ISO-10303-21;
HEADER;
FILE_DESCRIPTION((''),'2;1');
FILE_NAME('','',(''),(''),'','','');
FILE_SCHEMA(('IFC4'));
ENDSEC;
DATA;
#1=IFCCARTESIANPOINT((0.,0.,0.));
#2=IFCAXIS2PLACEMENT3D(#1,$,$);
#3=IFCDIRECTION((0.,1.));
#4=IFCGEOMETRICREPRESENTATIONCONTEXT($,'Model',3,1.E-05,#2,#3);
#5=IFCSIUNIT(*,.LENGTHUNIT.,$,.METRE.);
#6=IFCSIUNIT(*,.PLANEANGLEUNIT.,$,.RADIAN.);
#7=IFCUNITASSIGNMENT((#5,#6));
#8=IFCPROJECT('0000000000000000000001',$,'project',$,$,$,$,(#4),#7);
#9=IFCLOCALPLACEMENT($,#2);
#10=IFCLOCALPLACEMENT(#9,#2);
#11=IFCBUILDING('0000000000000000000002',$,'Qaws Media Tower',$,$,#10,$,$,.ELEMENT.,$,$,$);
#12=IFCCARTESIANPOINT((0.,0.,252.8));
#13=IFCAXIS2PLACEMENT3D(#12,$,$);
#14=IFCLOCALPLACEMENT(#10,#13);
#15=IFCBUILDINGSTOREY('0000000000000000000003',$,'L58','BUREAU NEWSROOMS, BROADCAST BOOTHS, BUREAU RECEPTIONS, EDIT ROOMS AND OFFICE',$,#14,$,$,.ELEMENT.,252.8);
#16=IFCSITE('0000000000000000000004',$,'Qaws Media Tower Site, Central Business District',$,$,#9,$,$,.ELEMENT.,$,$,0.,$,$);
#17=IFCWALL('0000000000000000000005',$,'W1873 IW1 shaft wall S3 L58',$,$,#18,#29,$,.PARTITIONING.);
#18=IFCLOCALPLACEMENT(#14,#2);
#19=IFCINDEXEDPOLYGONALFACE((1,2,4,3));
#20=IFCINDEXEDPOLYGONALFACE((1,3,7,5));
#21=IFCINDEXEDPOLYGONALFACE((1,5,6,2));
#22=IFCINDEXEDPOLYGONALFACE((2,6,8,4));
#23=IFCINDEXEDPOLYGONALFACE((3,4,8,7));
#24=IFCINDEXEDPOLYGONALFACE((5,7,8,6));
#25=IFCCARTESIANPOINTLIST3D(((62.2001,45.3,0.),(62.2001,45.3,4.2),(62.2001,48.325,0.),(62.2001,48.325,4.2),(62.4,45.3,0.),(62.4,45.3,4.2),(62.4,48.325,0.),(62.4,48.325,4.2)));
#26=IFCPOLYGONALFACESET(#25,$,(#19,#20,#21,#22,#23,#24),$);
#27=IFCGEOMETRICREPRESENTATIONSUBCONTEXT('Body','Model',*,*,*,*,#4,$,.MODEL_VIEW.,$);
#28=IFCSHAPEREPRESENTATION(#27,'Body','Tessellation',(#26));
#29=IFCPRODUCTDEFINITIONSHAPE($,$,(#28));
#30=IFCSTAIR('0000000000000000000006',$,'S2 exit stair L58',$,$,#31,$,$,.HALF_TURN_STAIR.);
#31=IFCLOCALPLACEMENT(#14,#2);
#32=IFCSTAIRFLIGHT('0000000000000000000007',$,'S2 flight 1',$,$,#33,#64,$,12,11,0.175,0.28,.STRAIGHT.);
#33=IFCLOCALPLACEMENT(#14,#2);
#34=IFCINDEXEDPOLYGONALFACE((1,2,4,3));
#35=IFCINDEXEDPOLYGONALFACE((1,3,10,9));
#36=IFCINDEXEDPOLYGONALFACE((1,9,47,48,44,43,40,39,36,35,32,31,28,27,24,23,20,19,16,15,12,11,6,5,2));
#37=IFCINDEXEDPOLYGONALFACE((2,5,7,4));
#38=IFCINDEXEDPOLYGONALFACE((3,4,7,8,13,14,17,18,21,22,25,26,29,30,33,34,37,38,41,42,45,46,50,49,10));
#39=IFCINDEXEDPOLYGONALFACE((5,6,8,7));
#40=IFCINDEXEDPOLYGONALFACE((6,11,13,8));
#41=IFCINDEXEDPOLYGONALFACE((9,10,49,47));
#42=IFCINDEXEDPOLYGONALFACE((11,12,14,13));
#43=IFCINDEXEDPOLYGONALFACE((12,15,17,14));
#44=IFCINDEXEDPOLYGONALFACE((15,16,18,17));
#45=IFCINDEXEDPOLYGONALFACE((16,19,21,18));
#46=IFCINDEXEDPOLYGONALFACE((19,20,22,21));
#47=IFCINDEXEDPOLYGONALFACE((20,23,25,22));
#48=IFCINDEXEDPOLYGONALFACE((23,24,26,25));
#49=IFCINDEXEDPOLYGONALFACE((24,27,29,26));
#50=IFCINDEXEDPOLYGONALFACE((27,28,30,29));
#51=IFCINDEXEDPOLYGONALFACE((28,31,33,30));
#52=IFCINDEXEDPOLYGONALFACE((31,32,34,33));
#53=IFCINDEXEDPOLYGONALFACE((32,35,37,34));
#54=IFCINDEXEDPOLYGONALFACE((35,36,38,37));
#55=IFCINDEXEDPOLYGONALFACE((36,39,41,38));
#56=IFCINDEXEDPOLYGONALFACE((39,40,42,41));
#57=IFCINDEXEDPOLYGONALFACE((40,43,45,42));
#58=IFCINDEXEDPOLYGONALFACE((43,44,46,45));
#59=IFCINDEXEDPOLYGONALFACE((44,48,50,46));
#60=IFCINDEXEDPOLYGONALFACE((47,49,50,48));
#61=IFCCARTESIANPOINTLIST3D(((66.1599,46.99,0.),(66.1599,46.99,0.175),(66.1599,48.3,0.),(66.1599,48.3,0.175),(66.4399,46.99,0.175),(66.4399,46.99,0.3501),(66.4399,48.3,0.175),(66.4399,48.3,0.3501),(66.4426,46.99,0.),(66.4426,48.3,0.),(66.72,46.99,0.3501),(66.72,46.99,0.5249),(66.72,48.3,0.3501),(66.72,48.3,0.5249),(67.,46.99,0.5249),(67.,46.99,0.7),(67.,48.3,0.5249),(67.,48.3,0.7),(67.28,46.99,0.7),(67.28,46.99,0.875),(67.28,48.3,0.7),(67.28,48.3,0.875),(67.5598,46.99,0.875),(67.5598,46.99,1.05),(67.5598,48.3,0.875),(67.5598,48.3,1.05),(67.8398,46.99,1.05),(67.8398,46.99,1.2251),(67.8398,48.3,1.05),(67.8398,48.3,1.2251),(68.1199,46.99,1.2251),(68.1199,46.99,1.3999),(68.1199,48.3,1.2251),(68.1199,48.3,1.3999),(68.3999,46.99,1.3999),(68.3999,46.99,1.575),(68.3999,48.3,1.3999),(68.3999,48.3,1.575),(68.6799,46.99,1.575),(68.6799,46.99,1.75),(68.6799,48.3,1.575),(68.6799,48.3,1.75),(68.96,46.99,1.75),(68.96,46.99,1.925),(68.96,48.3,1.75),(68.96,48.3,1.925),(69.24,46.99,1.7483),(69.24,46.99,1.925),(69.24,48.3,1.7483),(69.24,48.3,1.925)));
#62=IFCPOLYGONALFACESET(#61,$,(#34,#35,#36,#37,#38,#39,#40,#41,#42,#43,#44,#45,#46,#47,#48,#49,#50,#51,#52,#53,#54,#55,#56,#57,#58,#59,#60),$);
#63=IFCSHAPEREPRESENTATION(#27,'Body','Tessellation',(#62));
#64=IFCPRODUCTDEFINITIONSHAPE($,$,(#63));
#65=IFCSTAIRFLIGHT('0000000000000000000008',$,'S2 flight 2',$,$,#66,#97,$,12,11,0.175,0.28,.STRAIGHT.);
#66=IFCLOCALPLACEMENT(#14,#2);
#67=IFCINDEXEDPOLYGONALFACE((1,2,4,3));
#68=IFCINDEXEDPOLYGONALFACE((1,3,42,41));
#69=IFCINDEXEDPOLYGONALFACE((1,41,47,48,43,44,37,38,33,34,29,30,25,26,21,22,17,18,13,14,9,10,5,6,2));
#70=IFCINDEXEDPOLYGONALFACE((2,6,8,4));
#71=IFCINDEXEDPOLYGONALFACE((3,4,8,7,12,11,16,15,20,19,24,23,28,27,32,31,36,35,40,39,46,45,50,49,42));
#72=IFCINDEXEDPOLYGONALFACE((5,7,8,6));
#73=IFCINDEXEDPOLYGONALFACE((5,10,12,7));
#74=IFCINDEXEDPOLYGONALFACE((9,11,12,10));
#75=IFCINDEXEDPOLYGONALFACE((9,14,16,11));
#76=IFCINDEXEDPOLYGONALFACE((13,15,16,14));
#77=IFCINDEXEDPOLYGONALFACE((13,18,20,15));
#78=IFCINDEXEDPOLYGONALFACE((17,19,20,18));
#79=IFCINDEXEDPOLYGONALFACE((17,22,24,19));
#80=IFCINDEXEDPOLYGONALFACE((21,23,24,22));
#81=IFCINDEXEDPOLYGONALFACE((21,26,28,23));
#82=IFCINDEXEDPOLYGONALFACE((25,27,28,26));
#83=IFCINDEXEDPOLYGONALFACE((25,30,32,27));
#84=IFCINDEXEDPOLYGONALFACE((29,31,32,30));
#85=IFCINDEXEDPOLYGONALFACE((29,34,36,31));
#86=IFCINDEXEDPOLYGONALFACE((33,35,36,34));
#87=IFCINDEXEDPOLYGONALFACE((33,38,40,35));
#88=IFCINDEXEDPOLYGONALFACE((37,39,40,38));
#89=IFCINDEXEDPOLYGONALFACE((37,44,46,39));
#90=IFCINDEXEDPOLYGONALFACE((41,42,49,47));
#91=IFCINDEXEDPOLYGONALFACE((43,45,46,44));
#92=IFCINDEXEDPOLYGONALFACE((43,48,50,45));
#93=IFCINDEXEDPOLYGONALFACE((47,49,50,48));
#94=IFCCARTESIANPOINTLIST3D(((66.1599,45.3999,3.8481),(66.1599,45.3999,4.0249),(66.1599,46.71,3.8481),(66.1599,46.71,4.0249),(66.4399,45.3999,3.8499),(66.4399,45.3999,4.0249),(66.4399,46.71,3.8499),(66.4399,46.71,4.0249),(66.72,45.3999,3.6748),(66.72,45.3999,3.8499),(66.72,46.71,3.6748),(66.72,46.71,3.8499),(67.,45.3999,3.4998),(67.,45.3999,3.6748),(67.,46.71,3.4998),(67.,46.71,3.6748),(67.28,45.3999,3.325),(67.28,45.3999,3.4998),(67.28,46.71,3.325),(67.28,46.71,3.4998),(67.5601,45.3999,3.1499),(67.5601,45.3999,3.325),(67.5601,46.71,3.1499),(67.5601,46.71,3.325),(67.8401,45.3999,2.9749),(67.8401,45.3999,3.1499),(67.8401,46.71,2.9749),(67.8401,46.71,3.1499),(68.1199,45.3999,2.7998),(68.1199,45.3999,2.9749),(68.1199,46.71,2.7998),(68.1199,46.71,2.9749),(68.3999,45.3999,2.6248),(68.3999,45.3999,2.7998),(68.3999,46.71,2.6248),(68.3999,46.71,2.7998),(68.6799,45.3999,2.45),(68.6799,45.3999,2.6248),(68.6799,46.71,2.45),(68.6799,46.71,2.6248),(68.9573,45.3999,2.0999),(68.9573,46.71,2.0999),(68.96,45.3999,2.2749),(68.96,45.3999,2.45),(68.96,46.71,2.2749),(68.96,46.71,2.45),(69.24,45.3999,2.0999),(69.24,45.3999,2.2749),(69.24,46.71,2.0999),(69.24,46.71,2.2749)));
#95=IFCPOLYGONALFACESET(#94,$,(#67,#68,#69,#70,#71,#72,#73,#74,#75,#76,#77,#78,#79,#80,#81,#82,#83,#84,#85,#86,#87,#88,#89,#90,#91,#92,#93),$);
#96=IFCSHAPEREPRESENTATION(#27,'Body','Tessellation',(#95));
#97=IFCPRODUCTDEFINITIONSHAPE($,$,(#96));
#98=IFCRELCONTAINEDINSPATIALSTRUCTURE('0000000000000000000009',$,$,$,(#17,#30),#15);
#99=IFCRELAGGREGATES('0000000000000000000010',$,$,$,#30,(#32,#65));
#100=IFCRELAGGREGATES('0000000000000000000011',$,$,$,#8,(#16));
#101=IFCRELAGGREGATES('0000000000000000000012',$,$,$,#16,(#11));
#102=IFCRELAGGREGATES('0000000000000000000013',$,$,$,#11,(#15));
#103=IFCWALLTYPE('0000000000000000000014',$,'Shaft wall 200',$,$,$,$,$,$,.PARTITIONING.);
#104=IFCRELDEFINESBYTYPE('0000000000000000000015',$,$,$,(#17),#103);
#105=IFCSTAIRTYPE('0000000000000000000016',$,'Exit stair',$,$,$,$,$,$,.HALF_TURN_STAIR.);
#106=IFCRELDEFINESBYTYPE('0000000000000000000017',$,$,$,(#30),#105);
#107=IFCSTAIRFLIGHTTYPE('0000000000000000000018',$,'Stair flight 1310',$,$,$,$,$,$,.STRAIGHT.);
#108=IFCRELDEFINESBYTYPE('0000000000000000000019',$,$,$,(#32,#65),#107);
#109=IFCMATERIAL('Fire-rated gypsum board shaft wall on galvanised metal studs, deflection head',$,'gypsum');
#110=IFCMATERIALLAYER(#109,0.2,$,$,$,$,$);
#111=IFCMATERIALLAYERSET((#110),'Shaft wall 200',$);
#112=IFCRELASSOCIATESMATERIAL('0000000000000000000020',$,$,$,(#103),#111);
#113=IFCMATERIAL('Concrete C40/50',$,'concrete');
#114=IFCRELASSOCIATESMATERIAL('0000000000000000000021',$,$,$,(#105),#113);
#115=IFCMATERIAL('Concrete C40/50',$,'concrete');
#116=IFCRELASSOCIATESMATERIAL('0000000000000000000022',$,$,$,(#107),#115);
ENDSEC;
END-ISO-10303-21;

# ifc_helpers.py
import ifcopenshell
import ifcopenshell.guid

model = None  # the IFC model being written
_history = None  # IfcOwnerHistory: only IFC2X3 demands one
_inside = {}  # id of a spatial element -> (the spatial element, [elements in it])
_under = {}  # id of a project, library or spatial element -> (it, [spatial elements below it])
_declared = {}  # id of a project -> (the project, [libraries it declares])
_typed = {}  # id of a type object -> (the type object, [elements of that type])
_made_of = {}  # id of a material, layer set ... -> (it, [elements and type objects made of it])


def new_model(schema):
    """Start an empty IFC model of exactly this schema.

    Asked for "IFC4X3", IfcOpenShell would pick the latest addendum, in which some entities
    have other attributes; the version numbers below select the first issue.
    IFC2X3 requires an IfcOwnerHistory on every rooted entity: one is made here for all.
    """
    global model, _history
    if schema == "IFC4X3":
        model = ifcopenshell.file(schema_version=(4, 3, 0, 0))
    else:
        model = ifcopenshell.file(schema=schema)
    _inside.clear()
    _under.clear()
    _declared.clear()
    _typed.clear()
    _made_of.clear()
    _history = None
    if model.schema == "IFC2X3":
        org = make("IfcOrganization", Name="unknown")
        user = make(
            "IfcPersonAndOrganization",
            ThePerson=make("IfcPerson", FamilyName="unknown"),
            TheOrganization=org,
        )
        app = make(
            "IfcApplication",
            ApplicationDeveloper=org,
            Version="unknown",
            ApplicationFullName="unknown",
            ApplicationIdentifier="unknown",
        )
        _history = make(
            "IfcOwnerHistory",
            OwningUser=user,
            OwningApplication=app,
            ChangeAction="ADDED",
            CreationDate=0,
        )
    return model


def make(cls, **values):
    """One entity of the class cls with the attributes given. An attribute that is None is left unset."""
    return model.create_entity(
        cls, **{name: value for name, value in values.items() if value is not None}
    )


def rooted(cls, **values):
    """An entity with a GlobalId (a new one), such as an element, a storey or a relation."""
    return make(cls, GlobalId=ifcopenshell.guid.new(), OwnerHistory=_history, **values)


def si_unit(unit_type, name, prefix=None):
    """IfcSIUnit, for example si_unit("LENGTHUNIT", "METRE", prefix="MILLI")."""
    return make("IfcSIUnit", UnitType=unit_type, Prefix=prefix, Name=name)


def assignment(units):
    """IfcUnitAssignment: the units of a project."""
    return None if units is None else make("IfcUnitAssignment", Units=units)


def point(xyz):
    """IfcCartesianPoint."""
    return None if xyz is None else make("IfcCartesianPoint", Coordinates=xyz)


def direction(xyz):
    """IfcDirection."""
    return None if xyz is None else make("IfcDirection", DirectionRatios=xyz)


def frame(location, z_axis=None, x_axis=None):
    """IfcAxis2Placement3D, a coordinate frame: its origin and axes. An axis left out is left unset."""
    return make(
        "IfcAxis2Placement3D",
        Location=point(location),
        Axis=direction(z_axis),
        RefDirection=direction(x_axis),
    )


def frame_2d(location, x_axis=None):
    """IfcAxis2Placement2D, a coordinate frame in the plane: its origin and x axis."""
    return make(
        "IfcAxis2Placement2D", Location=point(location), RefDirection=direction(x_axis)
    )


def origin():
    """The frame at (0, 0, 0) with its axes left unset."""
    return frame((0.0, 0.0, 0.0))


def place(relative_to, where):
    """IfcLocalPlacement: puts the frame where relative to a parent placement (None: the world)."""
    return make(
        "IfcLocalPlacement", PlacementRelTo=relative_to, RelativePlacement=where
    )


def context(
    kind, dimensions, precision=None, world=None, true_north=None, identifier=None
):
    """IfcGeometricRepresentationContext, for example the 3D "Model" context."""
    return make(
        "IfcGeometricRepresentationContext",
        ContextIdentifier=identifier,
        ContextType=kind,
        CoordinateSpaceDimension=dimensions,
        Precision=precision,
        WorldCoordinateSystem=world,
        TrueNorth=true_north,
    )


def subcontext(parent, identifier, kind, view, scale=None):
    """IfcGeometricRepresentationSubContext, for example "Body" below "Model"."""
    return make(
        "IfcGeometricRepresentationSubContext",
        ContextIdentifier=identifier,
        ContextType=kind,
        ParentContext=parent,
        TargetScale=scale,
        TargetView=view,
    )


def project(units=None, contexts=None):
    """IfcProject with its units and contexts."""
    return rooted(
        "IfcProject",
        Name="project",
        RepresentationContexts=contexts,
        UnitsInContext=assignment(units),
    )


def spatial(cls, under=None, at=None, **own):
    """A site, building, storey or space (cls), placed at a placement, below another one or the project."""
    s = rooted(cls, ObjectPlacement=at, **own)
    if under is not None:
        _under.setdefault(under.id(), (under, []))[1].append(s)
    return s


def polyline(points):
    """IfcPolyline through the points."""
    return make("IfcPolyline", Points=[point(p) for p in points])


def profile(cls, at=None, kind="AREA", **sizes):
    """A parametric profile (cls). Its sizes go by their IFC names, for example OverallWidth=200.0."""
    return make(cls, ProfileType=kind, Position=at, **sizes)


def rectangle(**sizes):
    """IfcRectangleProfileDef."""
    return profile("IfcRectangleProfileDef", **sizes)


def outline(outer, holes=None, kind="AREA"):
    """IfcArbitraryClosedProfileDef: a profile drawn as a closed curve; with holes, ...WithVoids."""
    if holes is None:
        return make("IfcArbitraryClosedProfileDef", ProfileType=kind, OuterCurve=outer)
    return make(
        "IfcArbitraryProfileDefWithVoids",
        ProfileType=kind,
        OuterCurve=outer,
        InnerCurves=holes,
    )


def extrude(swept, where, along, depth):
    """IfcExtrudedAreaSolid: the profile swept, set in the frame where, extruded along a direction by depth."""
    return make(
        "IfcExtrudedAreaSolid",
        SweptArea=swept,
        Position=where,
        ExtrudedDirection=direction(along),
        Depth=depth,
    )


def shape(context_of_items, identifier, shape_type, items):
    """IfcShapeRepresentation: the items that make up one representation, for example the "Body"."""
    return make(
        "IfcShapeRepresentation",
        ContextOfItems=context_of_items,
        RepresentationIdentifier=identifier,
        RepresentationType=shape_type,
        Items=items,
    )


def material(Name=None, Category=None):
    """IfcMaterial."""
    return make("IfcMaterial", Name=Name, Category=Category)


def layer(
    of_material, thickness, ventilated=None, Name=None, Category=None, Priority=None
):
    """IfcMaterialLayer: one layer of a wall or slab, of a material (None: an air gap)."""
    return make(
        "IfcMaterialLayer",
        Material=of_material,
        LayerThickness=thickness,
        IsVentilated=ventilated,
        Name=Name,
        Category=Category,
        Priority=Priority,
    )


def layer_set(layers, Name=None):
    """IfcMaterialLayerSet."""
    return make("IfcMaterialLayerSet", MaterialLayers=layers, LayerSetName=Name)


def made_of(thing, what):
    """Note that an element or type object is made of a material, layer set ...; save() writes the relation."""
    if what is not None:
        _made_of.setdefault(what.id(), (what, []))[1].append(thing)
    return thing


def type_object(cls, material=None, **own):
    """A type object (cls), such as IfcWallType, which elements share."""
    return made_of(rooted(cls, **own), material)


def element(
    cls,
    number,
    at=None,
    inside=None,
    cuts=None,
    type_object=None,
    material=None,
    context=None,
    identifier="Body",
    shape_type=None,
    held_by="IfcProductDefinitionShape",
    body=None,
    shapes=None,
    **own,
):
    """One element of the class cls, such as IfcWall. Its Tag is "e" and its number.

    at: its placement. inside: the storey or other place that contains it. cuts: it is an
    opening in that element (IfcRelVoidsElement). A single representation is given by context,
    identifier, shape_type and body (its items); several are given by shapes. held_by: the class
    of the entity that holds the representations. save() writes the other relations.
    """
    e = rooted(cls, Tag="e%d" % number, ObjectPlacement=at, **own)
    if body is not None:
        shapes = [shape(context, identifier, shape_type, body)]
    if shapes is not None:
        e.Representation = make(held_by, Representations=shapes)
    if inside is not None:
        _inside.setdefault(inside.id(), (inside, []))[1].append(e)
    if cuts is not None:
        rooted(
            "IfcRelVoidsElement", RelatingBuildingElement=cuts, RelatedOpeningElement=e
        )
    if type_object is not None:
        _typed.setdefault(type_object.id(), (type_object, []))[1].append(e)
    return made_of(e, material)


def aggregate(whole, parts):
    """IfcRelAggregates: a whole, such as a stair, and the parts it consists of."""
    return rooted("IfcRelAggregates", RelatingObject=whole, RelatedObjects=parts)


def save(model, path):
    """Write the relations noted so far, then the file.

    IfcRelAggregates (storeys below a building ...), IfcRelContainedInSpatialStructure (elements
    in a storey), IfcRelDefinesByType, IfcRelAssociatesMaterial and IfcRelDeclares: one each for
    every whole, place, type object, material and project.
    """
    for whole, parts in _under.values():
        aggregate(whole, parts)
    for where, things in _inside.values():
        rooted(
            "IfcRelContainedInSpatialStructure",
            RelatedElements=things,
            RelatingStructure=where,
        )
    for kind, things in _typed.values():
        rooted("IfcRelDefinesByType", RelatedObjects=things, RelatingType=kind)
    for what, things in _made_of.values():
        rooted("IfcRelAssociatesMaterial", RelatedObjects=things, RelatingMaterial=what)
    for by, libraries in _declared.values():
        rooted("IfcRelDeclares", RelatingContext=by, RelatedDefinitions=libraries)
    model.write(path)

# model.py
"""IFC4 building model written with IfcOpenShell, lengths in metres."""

from ifc_helpers import new_model, si_unit, direction, frame, frame_2d, origin, place, context, subcontext, project, spatial, polyline, rectangle, outline, extrude, material, layer, layer_set, type_object, element, aggregate, save


model = new_model("IFC4")

# Units and contexts
model_context = context("Model", 3, precision=1e-05, world=origin(), true_north=direction((0.0, 1.0)))
body_context = subcontext(model_context, "Body", "Model", "MODEL_VIEW")
ifc_project = project(units=[si_unit("LENGTHUNIT", "METRE"), si_unit("PLANEANGLEUNIT", "RADIAN")], contexts=[model_context])

# Site, building, storey
site_placement = place(None, origin())
site = spatial("IfcSite", under=ifc_project, at=site_placement, Name="Qaws Media Tower Site, Central Business District", CompositionType="ELEMENT", RefElevation=0.0)
building_placement = place(site_placement, origin())
building = spatial("IfcBuilding", under=site, at=building_placement, Name="Qaws Media Tower", CompositionType="ELEMENT")
storey_placement = place(building_placement, frame((0.0, 0.0, 252.8)))
storey = spatial("IfcBuildingStorey", under=building, at=storey_placement, Name="L58", Description="BUREAU NEWSROOMS, BROADCAST BOOTHS, BUREAU RECEPTIONS, EDIT ROOMS AND OFFICE", CompositionType="ELEMENT", Elevation=252.8)

# Wall
ifc_material_1 = material(Name="Fire-rated gypsum board shaft wall on galvanised metal studs, deflection head", Category="gypsum")
ifc_layer_1 = layer(ifc_material_1, 0.2)
ifc_layer_set_1 = layer_set([ifc_layer_1], Name="Shaft wall 200")
wall_type_1 = type_object("IfcWallType", Name="Shaft wall 200", PredefinedType="PARTITIONING", material=ifc_layer_set_1)
for number, where, z_axis, x_axis, name in (
    (1, (62.3, 45.3, 0.0), (0.0, 0.0, 1.0), (0.0, 1.0, 0.0), "W1873 IW1 shaft wall S3 L58"),
):
    element("IfcWall", number, at=place(storey_placement, frame(where, z_axis=z_axis, x_axis=x_axis)), inside=storey, type_object=wall_type_1, Name=name, PredefinedType="PARTITIONING", context=body_context, shape_type="SweptSolid", body=[
        extrude(rectangle(XDim=3.0249, YDim=0.2, at=frame_2d((1.5125, 0.0))), origin(), (0.0, 0.0, 1.0), 4.2),
    ])

# Stair, stair flights
ifc_material_2 = material(Name="Concrete C40/50", Category="concrete")
stair_type = type_object("IfcStairType", Name="Exit stair", PredefinedType="HALF_TURN_STAIR", material=ifc_material_2)
stair_placement = place(storey_placement, origin())
stair = element("IfcStair", 2, at=stair_placement, inside=storey, type_object=stair_type, Name="S2 exit stair L58", PredefinedType="HALF_TURN_STAIR")
ifc_material_3 = material(Name="Concrete C40/50", Category="concrete")
stair_flight_type = type_object("IfcStairFlightType", Name="Stair flight 1310", PredefinedType="STRAIGHT", material=ifc_material_3)
stair_flight_1_placement = place(storey_placement, frame((66.1599, 47.645, 0.0), z_axis=(0.0, 0.0, 1.0), x_axis=(1.0, 0.0, 0.0)))
stair_flight_1 = element("IfcStairFlight", 3, at=stair_flight_1_placement, type_object=stair_flight_type, Name="S2 flight 1", NumberOfRisers=12, NumberOfTreads=11, PredefinedType="STRAIGHT", RiserHeight=0.175, TreadLength=0.28, context=body_context, shape_type="SweptSolid", body=[
    extrude(outline(polyline([(0.0, 0.0), (0.0, 0.175), (0.28, 0.175), (0.28, 0.3501), (0.5601, 0.3501), (0.5601, 0.5249), (0.8401, 0.5249), (0.8401, 0.7), (1.1201, 0.7), (1.1201, 0.875), (1.3999, 0.875), (1.3999, 1.05), (1.6799, 1.05), (1.6799, 1.2251), (1.96, 1.2251), (1.96, 1.3999), (2.24, 1.3999), (2.24, 1.575), (2.52, 1.575), (2.52, 1.75), (2.8, 1.75), (2.8, 1.925), (3.0801, 1.925), (3.0801, 2.1001), (3.0801, 1.7483), (0.2827, 0.0), (0.0, 0.0)])), frame((0.0, 0.655, 0.0), z_axis=(0.0, -1.0, 0.0), x_axis=(1.0, 0.0, 0.0)), (0.0, 0.0, 1.0), 1.3101),
])
stair_flight_2_placement = place(storey_placement, frame((69.24, 46.0549, 2.0999), z_axis=(0.0, 0.0, 1.0), x_axis=(-1.0, 0.0, 0.0)))
stair_flight_2 = element("IfcStairFlight", 4, at=stair_flight_2_placement, type_object=stair_flight_type, Name="S2 flight 2", NumberOfRisers=12, NumberOfTreads=11, PredefinedType="STRAIGHT", RiserHeight=0.175, TreadLength=0.28, context=body_context, shape_type="SweptSolid", body=[
    extrude(outline(polyline([(0.0, 0.0), (0.0, 0.175), (0.28, 0.175), (0.28, 0.3501), (0.5601, 0.3501), (0.5601, 0.5249), (0.8401, 0.5249), (0.8401, 0.7), (1.1201, 0.7), (1.1201, 0.875), (1.3999, 0.875), (1.3999, 1.05), (1.6799, 1.05), (1.6799, 1.2251), (1.96, 1.2251), (1.96, 1.3999), (2.24, 1.3999), (2.24, 1.575), (2.52, 1.575), (2.52, 1.75), (2.8, 1.75), (2.8, 1.925), (3.0801, 1.925), (3.0801, 2.1001), (3.0801, 1.7483), (0.2827, 0.0), (0.0, 0.0)])), frame((0.0, 0.655, 0.0), z_axis=(0.0, -1.0, 0.0), x_axis=(1.0, 0.0, 0.0)), (0.0, 0.0, 1.0), 1.3101),
])
aggregate(stair, [stair_flight_1, stair_flight_2])

save(model, "model.ifc")
